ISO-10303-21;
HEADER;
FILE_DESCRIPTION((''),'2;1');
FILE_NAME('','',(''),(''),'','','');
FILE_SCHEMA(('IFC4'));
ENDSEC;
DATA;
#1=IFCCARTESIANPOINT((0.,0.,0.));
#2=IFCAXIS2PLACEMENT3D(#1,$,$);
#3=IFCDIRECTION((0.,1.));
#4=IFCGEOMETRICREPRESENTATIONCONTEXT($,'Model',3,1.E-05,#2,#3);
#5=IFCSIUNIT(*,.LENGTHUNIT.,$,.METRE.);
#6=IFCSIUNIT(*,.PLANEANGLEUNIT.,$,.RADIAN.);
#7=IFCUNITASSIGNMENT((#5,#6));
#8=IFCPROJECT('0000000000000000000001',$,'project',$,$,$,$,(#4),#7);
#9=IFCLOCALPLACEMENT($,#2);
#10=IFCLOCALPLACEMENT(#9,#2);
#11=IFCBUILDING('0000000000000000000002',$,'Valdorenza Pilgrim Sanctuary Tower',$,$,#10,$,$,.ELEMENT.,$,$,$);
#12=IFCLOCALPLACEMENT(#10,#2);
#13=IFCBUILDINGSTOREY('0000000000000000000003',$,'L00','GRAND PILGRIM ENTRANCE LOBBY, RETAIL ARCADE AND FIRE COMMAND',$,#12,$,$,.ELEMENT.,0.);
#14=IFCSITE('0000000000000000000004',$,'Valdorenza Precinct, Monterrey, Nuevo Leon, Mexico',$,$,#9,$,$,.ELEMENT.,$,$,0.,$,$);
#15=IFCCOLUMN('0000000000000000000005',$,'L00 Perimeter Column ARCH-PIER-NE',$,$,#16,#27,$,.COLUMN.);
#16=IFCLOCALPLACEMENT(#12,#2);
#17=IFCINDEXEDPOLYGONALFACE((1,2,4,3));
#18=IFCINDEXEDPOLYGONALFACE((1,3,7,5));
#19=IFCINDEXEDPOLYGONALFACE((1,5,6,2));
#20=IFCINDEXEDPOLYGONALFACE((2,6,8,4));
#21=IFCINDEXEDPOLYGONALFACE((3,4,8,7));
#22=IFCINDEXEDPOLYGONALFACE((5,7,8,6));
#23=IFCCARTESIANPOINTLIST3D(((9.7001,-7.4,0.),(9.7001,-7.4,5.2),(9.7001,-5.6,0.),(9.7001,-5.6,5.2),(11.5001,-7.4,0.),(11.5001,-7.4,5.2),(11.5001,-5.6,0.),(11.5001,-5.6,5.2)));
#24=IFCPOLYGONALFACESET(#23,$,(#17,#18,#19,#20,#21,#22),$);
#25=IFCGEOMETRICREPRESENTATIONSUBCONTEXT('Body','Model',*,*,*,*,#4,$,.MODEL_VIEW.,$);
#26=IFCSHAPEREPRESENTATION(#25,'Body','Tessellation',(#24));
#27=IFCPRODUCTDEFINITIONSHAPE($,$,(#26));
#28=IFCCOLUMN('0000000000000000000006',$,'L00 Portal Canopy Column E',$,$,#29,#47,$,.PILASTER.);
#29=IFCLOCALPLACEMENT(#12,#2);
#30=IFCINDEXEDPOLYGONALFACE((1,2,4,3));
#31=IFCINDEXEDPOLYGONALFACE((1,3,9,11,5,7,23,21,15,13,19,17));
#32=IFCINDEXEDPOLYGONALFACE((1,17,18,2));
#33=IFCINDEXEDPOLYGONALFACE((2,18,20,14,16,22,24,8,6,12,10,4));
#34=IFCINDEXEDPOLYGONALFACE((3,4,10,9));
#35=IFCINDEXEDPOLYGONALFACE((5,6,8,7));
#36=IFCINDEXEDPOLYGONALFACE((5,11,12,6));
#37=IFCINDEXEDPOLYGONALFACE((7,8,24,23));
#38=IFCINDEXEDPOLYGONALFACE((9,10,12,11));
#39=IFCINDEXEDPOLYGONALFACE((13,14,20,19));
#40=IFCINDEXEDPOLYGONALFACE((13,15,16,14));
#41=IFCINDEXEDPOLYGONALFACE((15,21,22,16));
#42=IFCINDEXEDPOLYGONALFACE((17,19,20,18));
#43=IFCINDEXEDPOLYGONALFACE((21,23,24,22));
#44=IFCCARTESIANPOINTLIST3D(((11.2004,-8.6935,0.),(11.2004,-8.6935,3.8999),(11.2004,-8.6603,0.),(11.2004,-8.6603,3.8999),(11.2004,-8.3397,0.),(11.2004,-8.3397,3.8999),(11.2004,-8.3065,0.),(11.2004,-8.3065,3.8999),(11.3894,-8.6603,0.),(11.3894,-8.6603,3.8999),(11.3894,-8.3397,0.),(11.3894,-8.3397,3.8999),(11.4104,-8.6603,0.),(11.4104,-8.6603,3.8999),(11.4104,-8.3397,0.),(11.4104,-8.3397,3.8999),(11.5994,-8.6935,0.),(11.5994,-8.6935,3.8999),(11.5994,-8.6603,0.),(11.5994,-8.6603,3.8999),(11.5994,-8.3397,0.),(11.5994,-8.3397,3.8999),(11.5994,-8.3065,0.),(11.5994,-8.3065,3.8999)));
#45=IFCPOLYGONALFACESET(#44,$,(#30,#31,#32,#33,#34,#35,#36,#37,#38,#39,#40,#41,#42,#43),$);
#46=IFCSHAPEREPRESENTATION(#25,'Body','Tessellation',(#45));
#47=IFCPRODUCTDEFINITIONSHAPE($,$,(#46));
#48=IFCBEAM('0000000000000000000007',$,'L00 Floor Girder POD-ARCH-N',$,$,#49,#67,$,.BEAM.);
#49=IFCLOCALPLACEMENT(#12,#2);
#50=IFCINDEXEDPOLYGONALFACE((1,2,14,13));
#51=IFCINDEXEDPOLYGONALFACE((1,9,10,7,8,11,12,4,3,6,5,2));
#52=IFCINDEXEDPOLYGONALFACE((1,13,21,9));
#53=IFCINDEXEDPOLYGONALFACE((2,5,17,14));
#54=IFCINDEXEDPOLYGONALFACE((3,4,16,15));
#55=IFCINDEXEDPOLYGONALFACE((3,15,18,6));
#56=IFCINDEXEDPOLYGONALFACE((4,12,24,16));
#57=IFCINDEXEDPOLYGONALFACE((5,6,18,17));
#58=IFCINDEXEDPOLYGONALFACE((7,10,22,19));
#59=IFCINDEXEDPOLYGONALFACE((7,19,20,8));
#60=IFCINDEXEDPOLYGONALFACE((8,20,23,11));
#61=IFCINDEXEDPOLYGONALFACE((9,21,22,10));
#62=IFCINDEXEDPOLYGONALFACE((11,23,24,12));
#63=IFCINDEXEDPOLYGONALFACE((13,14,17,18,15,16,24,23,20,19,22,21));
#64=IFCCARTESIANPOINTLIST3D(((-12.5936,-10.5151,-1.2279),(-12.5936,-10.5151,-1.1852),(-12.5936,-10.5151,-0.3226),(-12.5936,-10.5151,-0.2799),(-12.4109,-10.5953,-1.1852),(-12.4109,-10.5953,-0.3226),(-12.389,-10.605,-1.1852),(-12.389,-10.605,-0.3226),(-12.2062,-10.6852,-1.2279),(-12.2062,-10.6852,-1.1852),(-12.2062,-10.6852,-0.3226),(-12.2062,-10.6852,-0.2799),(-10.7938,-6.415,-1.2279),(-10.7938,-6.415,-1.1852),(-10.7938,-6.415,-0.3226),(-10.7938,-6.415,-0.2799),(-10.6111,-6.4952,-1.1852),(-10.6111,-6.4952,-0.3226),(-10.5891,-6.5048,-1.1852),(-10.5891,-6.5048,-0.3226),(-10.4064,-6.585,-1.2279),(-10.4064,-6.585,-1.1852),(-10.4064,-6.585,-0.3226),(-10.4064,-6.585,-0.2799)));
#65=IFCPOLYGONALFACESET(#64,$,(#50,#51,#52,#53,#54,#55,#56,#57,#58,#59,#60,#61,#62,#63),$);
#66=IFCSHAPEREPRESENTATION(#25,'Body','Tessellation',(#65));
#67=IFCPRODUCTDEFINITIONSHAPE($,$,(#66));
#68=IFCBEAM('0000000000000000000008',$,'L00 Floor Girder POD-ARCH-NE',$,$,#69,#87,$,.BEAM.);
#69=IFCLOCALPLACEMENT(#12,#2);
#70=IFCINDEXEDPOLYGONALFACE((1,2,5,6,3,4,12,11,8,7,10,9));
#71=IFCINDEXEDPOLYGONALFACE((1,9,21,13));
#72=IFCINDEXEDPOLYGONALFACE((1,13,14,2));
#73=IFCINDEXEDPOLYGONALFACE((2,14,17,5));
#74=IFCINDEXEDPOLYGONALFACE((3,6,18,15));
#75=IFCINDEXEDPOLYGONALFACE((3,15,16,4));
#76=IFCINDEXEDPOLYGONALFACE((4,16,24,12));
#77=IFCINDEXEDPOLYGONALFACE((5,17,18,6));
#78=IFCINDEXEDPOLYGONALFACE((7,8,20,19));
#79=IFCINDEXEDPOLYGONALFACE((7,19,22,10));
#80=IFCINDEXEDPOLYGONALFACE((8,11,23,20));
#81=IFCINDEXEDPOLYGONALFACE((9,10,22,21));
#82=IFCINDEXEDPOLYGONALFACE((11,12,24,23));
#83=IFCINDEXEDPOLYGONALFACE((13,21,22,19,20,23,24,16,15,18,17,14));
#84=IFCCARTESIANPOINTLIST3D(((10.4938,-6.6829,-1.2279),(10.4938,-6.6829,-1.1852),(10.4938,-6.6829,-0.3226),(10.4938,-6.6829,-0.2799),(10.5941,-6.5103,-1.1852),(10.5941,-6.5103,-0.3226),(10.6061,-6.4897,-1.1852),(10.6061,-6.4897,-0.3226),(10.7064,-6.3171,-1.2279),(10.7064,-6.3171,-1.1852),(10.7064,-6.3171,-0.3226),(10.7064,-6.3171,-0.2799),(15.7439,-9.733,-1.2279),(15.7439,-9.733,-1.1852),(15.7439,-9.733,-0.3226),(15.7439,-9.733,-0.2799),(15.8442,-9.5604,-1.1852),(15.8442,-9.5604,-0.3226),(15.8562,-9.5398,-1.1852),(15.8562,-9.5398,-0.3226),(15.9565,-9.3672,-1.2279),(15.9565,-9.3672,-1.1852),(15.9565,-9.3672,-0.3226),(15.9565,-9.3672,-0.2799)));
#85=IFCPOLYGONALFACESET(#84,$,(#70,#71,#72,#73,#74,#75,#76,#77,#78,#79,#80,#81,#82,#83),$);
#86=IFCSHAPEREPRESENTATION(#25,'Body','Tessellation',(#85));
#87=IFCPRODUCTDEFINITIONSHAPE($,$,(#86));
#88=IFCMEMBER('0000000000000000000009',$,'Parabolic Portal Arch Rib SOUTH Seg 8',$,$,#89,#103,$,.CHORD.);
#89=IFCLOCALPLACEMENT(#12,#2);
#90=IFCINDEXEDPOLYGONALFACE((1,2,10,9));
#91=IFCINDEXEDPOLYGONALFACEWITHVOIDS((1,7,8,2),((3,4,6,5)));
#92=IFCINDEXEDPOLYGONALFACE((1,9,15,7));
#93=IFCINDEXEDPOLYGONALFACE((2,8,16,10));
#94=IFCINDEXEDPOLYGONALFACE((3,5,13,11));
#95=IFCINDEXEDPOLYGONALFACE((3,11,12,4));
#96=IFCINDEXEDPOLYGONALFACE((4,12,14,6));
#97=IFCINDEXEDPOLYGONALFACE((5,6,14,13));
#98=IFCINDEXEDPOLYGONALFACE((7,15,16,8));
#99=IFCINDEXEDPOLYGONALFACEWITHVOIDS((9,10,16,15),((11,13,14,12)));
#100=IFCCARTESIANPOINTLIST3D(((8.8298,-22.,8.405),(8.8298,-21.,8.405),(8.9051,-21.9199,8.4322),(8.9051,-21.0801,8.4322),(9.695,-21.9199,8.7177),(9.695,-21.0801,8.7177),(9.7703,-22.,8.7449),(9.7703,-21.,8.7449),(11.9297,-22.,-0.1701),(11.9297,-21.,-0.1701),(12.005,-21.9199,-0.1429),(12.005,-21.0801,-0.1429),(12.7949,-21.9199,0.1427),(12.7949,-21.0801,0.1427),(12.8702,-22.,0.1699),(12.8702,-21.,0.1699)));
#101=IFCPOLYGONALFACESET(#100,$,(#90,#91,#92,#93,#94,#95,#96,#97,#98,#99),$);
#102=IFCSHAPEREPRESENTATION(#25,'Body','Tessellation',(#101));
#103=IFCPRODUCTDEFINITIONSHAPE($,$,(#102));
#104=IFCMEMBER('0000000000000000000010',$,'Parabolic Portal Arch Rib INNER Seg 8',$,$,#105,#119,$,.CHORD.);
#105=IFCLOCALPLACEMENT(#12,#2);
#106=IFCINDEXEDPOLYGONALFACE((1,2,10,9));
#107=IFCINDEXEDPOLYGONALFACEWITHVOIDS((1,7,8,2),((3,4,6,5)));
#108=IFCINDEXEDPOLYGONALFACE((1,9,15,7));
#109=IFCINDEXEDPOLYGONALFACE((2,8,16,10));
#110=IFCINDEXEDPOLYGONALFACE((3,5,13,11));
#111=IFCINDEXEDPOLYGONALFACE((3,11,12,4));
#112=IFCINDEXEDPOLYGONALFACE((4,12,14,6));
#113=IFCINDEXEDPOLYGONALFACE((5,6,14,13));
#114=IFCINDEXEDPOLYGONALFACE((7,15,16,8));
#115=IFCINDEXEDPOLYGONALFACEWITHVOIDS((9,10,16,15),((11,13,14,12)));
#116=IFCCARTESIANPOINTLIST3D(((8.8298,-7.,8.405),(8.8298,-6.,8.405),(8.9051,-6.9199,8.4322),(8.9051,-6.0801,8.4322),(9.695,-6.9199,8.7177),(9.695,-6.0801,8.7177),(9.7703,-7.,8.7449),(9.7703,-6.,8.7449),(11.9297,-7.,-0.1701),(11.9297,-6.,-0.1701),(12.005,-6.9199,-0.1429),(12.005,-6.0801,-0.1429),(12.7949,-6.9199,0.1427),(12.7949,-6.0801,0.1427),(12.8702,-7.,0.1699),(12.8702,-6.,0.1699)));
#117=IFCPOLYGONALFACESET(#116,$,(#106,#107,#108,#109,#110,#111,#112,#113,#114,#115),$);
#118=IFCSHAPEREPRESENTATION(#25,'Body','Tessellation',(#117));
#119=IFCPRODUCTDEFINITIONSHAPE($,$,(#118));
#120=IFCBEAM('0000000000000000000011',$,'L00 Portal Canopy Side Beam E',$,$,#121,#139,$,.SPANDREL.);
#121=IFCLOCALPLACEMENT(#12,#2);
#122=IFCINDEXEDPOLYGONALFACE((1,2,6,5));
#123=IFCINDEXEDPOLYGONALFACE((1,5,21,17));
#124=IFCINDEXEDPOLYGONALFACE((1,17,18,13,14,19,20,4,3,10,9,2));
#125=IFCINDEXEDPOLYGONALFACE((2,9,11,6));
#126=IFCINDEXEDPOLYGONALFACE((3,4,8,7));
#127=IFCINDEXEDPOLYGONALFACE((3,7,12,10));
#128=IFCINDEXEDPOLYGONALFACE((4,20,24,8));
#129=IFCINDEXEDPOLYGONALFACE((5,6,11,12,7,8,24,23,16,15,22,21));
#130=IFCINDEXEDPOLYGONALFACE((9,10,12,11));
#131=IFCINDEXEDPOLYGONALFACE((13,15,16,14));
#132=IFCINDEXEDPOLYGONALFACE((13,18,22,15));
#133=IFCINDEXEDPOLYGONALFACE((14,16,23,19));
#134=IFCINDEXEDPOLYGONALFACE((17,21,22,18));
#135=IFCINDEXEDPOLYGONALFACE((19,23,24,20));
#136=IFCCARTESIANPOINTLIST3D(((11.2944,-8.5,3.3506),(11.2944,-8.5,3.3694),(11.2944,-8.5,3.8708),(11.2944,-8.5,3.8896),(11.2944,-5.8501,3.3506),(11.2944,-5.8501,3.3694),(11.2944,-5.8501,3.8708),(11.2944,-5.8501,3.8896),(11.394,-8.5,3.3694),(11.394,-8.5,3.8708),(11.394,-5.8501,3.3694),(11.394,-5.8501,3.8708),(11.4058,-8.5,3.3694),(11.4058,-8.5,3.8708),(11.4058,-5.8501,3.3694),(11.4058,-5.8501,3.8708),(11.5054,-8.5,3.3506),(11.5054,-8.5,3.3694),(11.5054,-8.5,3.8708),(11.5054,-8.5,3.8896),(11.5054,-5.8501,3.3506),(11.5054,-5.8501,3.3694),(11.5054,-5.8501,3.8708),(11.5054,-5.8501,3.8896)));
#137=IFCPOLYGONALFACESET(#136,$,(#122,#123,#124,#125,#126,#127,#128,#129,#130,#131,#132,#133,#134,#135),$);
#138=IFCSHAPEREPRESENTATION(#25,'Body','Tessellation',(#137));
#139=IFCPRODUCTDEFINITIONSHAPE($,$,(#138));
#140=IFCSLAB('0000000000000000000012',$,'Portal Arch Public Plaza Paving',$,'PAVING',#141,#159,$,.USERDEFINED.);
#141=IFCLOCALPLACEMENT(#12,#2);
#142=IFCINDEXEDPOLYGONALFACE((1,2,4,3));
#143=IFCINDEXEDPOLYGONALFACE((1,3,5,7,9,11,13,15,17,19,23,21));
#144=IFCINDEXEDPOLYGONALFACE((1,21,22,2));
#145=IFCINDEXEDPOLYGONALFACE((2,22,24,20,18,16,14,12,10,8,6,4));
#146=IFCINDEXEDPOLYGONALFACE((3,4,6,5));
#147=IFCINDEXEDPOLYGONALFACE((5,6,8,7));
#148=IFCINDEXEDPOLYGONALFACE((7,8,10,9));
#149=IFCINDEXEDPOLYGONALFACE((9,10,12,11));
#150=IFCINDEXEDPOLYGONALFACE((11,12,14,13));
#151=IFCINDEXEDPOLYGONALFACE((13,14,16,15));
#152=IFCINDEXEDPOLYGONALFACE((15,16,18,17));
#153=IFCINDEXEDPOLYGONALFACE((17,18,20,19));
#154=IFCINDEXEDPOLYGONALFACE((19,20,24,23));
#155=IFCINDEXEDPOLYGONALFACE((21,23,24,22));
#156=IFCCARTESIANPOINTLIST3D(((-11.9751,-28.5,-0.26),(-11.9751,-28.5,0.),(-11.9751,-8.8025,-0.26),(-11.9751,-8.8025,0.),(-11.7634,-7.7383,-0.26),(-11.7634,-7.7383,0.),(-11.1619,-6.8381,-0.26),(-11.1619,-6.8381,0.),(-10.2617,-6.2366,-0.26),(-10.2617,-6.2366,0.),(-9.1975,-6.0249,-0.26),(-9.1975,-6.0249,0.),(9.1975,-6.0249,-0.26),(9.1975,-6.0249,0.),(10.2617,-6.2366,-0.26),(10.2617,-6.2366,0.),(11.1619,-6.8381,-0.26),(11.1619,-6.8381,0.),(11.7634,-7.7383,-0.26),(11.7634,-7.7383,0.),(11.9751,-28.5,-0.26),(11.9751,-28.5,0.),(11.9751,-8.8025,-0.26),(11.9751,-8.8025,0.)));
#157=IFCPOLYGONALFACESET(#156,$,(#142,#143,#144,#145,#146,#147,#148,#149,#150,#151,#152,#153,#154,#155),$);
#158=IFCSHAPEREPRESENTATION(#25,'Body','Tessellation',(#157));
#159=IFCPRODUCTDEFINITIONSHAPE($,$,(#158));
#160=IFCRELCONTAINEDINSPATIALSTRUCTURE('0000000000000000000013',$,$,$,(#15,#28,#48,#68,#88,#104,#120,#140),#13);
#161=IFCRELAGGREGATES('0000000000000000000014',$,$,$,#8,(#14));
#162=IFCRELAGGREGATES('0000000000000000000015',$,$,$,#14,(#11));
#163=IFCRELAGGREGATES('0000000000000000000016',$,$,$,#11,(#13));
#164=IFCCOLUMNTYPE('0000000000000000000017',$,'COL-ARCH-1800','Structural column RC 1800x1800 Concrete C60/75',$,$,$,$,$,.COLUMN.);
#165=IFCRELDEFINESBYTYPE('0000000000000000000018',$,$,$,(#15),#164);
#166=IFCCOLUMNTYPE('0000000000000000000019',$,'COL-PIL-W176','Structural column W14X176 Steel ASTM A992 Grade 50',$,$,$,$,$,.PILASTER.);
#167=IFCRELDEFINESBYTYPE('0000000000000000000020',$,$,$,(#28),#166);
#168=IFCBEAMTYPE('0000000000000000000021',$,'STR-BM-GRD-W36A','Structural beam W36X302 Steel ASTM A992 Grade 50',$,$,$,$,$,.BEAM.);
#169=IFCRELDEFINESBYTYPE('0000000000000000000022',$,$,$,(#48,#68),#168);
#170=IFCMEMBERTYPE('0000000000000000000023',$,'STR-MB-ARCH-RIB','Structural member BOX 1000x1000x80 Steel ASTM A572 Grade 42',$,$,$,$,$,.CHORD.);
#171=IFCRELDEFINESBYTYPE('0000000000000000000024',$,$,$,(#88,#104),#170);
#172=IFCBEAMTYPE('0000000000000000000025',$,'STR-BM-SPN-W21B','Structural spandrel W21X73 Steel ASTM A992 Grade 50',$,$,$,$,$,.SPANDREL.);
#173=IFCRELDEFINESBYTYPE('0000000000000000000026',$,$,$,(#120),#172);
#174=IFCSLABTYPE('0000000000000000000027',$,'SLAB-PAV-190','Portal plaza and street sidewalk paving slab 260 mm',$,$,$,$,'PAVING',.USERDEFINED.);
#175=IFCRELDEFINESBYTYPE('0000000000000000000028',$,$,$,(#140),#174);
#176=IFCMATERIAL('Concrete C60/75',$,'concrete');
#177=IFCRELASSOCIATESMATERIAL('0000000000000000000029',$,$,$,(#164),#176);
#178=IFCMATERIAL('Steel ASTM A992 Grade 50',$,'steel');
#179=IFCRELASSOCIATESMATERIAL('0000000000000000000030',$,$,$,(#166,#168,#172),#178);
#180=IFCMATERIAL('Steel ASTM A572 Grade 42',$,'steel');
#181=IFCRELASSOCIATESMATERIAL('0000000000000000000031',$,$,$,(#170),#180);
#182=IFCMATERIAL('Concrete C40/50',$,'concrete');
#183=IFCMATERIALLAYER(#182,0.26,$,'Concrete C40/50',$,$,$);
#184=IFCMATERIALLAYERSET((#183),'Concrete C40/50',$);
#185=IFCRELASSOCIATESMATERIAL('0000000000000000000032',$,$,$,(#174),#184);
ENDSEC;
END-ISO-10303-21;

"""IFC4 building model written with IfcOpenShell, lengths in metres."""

from ifc_helpers import new_model, si_unit, direction, frame, origin, origin_2d, place, context, subcontext, project, spatial, polyline, rectangle, hollow_rectangle, i_section, outline, extrude, source, transform, mapped, material, layer, layer_set, material_profile, profile_set, type_object, element, save


model = new_model("IFC4")

# Units and contexts
model_context = context("Model", 3, precision=1e-05, world=origin(), true_north=direction((0.0, 1.0)))
body_context = subcontext(model_context, "Body", "Model", "MODEL_VIEW")
ifc_project = project(units=[si_unit("LENGTHUNIT", "METRE"), si_unit("PLANEANGLEUNIT", "RADIAN")], contexts=[model_context])

# Site, building, storey
site_placement = place(None, origin())
site = spatial("IfcSite", under=ifc_project, at=site_placement, Name="Valdorenza Precinct, Monterrey, Nuevo Leon, Mexico", CompositionType="ELEMENT", RefElevation=0.0)
building_placement = place(site_placement, origin())
building = spatial("IfcBuilding", under=site, at=building_placement, Name="Valdorenza Pilgrim Sanctuary Tower", CompositionType="ELEMENT")
storey_placement = place(building_placement, origin())
storey = spatial("IfcBuildingStorey", under=building, at=storey_placement, Name="L00", Description="GRAND PILGRIM ENTRANCE LOBBY, RETAIL ARCADE AND FIRE COMMAND", CompositionType="ELEMENT", Elevation=0.0)

# Columns
ifc_material_1 = material(Name="Concrete C60/75", Category="concrete")
ifc_material_profile_1 = material_profile(ifc_material_1, rectangle(XDim=1.8, YDim=1.8, at=origin_2d()), Name="RC 1800x1800")
ifc_profile_set_1 = profile_set([ifc_material_profile_1], Name="Concrete C60/75")
column_type_1 = type_object("IfcColumnType", Name="COL-ARCH-1800", Description="Structural column RC 1800x1800 Concrete C60/75", PredefinedType="COLUMN", material=ifc_profile_set_1)
shared_shape_1 = source(origin(), body_context, "Body", "SweptSolid", [
    extrude(rectangle(XDim=1.8, YDim=1.8, at=origin_2d()), origin(), (0.0, 0.0, 1.0), 5.2),
])
column_1_placement = place(storey_placement, frame((10.6001, -6.5, 0.0), z_axis=(0.0, 0.0, 1.0), x_axis=(1.0, 0.0, 0.0)))
element("IfcColumn", 1, at=column_1_placement, inside=storey, type_object=column_type_1, Name="L00 Perimeter Column ARCH-PIER-NE", PredefinedType="COLUMN", context=body_context, shape_type="MappedRepresentation", body=[
    mapped(shared_shape_1, transform((0.0, 0.0, 0.0), x_axis=(1.0, 0.0, 0.0), y_axis=(0.0, 1.0, 0.0), z_axis=(0.0, 0.0, 1.0), scale=1.0)),
])
ifc_material_2 = material(Name="Steel ASTM A992 Grade 50", Category="steel")
ifc_material_profile_2 = material_profile(ifc_material_2, i_section(OverallWidth=0.3989, OverallDepth=0.387, WebThickness=0.021, FlangeThickness=0.0332, at=origin_2d()), Name="W14X176")
ifc_profile_set_2 = profile_set([ifc_material_profile_2], Name="Steel ASTM A992 Grade 50")
column_type_2 = type_object("IfcColumnType", Name="COL-PIL-W176", Description="Structural column W14X176 Steel ASTM A992 Grade 50", PredefinedType="PILASTER", material=ifc_profile_set_2)
shared_shape_2 = source(origin(), body_context, "Body", "SweptSolid", [
    extrude(i_section(OverallWidth=0.3989, OverallDepth=0.387, WebThickness=0.021, FlangeThickness=0.0332, at=origin_2d()), origin(), (0.0, 0.0, 1.0), 3.8999),
])
column_2_placement = place(storey_placement, frame((11.3999, -8.5, 0.0), z_axis=(0.0, 0.0, 1.0), x_axis=(1.0, 0.0, 0.0)))
element("IfcColumn", 2, at=column_2_placement, inside=storey, type_object=column_type_2, Name="L00 Portal Canopy Column E", PredefinedType="PILASTER", context=body_context, shape_type="MappedRepresentation", body=[
    mapped(shared_shape_2, transform((0.0, 0.0, 0.0), x_axis=(1.0, 0.0, 0.0), y_axis=(0.0, 1.0, 0.0), z_axis=(0.0, 0.0, 1.0), scale=1.0)),
])

# Beams
ifc_material_profile_3 = material_profile(ifc_material_2, i_section(OverallWidth=0.4231, OverallDepth=0.948, WebThickness=0.0239, FlangeThickness=0.0427, at=origin_2d()), Name="W36X302")
ifc_profile_set_3 = profile_set([ifc_material_profile_3], Name="Steel ASTM A992 Grade 50")
beam_type_1 = type_object("IfcBeamType", Name="STR-BM-GRD-W36A", Description="Structural beam W36X302 Steel ASTM A992 Grade 50", PredefinedType="BEAM", material=ifc_profile_set_3)
shared_shape_3 = source(origin(), body_context, "Body", "SweptSolid", [
    extrude(i_section(OverallWidth=0.4231, OverallDepth=0.948, WebThickness=0.0239, FlangeThickness=0.0427, at=origin_2d()), origin(), (0.0, 0.0, 1.0), 4.4778),
])
beam_1_placement = place(storey_placement, frame((-10.6001, -6.5, -0.7539), z_axis=(-0.401945, -0.915664, 0.0), x_axis=(0.915664, -0.401945, 0.0)))
element("IfcBeam", 3, at=beam_1_placement, inside=storey, type_object=beam_type_1, Name="L00 Floor Girder POD-ARCH-N", PredefinedType="BEAM", context=body_context, shape_type="MappedRepresentation", body=[
    mapped(shared_shape_3, transform((0.0, 0.0, 0.0), x_axis=(1.0, 0.0, 0.0), y_axis=(0.0, 1.0, 0.0), z_axis=(0.0, 0.0, 1.0), scale=1.0)),
])
shared_shape_4 = source(origin(), body_context, "Body", "SweptSolid", [
    extrude(i_section(OverallWidth=0.4231, OverallDepth=0.948, WebThickness=0.0239, FlangeThickness=0.0427, at=origin_2d()), origin(), (0.0, 0.0, 1.0), 6.0718),
])
beam_2_placement = place(storey_placement, frame((10.6001, -6.5, -0.7539), z_axis=(0.86467, -0.50234, 0.0), x_axis=(0.50234, 0.86467, 0.0)))
element("IfcBeam", 4, at=beam_2_placement, inside=storey, type_object=beam_type_1, Name="L00 Floor Girder POD-ARCH-NE", PredefinedType="BEAM", context=body_context, shape_type="MappedRepresentation", body=[
    mapped(shared_shape_4, transform((0.0, 0.0, 0.0), x_axis=(1.0, 0.0, 0.0), y_axis=(0.0, 1.0, 0.0), z_axis=(0.0, 0.0, 1.0), scale=1.0)),
])

# Members
ifc_material_3 = material(Name="Steel ASTM A572 Grade 42", Category="steel")
ifc_material_profile_4 = material_profile(ifc_material_3, hollow_rectangle(XDim=1.0, YDim=1.0, WallThickness=0.0801, at=origin_2d()), Name="BOX 1000x1000x80")
ifc_profile_set_4 = profile_set([ifc_material_profile_4], Name="Steel ASTM A572 Grade 42")
member_type = type_object("IfcMemberType", Name="STR-MB-ARCH-RIB", Description="Structural member BOX 1000x1000x80 Steel ASTM A572 Grade 42", PredefinedType="CHORD", material=ifc_profile_set_4)
shared_shape_5 = source(origin(), body_context, "Body", "SweptSolid", [
    extrude(hollow_rectangle(XDim=1.0, YDim=1.0, WallThickness=0.0801, at=origin_2d()), origin(), (0.0, 0.0, 1.0), 9.1182),
])
for number, where, z_axis, x_axis, name in (
    (5, (9.3, -21.5, 8.575), (0.339969, 0.0, -0.940437), (0.0, 1.0, 0.0), "Parabolic Portal Arch Rib SOUTH Seg 8"),
    (6, (9.3, -6.5, 8.575), (0.339969, 0.0, -0.940437), (0.0, 1.0, 0.0), "Parabolic Portal Arch Rib INNER Seg 8"),
):
    element("IfcMember", number, at=place(storey_placement, frame(where, z_axis=z_axis, x_axis=x_axis)), inside=storey, type_object=member_type, Name=name, PredefinedType="CHORD", context=body_context, shape_type="MappedRepresentation", body=[
        mapped(shared_shape_5, transform((0.0, 0.0, 0.0), x_axis=(1.0, 0.0, 0.0), y_axis=(0.0, 1.0, 0.0), z_axis=(0.0, 0.0, 1.0), scale=1.0)),
    ])

# Beam
ifc_material_profile_5 = material_profile(ifc_material_2, i_section(OverallWidth=0.2109, OverallDepth=0.5391, WebThickness=0.0117, FlangeThickness=0.0188, at=origin_2d()), Name="W21X73")
ifc_profile_set_5 = profile_set([ifc_material_profile_5], Name="Steel ASTM A992 Grade 50")
beam_type_2 = type_object("IfcBeamType", Name="STR-BM-SPN-W21B", Description="Structural spandrel W21X73 Steel ASTM A992 Grade 50", PredefinedType="SPANDREL", material=ifc_profile_set_5)
shared_shape_6 = source(origin(), body_context, "Body", "SweptSolid", [
    extrude(i_section(OverallWidth=0.2109, OverallDepth=0.5391, WebThickness=0.0117, FlangeThickness=0.0188, at=origin_2d()), origin(), (0.0, 0.0, 1.0), 2.6499),
])
beam_3_placement = place(storey_placement, frame((11.3999, -8.5, 3.6201), z_axis=(0.0, 1.0, 0.0), x_axis=(-1.0, 0.0, 0.0)))
element("IfcBeam", 7, at=beam_3_placement, inside=storey, type_object=beam_type_2, Name="L00 Portal Canopy Side Beam E", PredefinedType="SPANDREL", context=body_context, shape_type="MappedRepresentation", body=[
    mapped(shared_shape_6, transform((0.0, 0.0, 0.0), x_axis=(1.0, 0.0, 0.0), y_axis=(0.0, 1.0, 0.0), z_axis=(0.0, 0.0, 1.0), scale=1.0)),
])

# Slab
ifc_material_4 = material(Name="Concrete C40/50", Category="concrete")
ifc_layer_1 = layer(ifc_material_4, 0.26, Name="Concrete C40/50")
ifc_layer_set_1 = layer_set([ifc_layer_1], Name="Concrete C40/50")
slab_type_1 = type_object("IfcSlabType", Name="SLAB-PAV-190", Description="Portal plaza and street sidewalk paving slab 260 mm", ElementType="PAVING", PredefinedType="USERDEFINED", material=ifc_layer_set_1)
slab_1_placement = place(storey_placement, frame((0.0, 0.0, -0.26)))
element("IfcSlab", 8, at=slab_1_placement, inside=storey, type_object=slab_type_1, Name="Portal Arch Public Plaza Paving", ObjectType="PAVING", PredefinedType="USERDEFINED", context=body_context, shape_type="SweptSolid", body=[
    extrude(outline(polyline([(11.9751, -28.5), (-11.9751, -28.5), (-11.9751, -8.8025), (-11.7634, -7.7383), (-11.1619, -6.8381), (-10.2617, -6.2366), (-9.1975, -6.0249), (9.1975, -6.0249), (10.2617, -6.2366), (11.1619, -6.8381), (11.7634, -7.7383), (11.9751, -8.8025), (11.9751, -28.5)])), origin(), (0.0, 0.0, 1.0), 0.26),
])

save(model, "model.ifc")
